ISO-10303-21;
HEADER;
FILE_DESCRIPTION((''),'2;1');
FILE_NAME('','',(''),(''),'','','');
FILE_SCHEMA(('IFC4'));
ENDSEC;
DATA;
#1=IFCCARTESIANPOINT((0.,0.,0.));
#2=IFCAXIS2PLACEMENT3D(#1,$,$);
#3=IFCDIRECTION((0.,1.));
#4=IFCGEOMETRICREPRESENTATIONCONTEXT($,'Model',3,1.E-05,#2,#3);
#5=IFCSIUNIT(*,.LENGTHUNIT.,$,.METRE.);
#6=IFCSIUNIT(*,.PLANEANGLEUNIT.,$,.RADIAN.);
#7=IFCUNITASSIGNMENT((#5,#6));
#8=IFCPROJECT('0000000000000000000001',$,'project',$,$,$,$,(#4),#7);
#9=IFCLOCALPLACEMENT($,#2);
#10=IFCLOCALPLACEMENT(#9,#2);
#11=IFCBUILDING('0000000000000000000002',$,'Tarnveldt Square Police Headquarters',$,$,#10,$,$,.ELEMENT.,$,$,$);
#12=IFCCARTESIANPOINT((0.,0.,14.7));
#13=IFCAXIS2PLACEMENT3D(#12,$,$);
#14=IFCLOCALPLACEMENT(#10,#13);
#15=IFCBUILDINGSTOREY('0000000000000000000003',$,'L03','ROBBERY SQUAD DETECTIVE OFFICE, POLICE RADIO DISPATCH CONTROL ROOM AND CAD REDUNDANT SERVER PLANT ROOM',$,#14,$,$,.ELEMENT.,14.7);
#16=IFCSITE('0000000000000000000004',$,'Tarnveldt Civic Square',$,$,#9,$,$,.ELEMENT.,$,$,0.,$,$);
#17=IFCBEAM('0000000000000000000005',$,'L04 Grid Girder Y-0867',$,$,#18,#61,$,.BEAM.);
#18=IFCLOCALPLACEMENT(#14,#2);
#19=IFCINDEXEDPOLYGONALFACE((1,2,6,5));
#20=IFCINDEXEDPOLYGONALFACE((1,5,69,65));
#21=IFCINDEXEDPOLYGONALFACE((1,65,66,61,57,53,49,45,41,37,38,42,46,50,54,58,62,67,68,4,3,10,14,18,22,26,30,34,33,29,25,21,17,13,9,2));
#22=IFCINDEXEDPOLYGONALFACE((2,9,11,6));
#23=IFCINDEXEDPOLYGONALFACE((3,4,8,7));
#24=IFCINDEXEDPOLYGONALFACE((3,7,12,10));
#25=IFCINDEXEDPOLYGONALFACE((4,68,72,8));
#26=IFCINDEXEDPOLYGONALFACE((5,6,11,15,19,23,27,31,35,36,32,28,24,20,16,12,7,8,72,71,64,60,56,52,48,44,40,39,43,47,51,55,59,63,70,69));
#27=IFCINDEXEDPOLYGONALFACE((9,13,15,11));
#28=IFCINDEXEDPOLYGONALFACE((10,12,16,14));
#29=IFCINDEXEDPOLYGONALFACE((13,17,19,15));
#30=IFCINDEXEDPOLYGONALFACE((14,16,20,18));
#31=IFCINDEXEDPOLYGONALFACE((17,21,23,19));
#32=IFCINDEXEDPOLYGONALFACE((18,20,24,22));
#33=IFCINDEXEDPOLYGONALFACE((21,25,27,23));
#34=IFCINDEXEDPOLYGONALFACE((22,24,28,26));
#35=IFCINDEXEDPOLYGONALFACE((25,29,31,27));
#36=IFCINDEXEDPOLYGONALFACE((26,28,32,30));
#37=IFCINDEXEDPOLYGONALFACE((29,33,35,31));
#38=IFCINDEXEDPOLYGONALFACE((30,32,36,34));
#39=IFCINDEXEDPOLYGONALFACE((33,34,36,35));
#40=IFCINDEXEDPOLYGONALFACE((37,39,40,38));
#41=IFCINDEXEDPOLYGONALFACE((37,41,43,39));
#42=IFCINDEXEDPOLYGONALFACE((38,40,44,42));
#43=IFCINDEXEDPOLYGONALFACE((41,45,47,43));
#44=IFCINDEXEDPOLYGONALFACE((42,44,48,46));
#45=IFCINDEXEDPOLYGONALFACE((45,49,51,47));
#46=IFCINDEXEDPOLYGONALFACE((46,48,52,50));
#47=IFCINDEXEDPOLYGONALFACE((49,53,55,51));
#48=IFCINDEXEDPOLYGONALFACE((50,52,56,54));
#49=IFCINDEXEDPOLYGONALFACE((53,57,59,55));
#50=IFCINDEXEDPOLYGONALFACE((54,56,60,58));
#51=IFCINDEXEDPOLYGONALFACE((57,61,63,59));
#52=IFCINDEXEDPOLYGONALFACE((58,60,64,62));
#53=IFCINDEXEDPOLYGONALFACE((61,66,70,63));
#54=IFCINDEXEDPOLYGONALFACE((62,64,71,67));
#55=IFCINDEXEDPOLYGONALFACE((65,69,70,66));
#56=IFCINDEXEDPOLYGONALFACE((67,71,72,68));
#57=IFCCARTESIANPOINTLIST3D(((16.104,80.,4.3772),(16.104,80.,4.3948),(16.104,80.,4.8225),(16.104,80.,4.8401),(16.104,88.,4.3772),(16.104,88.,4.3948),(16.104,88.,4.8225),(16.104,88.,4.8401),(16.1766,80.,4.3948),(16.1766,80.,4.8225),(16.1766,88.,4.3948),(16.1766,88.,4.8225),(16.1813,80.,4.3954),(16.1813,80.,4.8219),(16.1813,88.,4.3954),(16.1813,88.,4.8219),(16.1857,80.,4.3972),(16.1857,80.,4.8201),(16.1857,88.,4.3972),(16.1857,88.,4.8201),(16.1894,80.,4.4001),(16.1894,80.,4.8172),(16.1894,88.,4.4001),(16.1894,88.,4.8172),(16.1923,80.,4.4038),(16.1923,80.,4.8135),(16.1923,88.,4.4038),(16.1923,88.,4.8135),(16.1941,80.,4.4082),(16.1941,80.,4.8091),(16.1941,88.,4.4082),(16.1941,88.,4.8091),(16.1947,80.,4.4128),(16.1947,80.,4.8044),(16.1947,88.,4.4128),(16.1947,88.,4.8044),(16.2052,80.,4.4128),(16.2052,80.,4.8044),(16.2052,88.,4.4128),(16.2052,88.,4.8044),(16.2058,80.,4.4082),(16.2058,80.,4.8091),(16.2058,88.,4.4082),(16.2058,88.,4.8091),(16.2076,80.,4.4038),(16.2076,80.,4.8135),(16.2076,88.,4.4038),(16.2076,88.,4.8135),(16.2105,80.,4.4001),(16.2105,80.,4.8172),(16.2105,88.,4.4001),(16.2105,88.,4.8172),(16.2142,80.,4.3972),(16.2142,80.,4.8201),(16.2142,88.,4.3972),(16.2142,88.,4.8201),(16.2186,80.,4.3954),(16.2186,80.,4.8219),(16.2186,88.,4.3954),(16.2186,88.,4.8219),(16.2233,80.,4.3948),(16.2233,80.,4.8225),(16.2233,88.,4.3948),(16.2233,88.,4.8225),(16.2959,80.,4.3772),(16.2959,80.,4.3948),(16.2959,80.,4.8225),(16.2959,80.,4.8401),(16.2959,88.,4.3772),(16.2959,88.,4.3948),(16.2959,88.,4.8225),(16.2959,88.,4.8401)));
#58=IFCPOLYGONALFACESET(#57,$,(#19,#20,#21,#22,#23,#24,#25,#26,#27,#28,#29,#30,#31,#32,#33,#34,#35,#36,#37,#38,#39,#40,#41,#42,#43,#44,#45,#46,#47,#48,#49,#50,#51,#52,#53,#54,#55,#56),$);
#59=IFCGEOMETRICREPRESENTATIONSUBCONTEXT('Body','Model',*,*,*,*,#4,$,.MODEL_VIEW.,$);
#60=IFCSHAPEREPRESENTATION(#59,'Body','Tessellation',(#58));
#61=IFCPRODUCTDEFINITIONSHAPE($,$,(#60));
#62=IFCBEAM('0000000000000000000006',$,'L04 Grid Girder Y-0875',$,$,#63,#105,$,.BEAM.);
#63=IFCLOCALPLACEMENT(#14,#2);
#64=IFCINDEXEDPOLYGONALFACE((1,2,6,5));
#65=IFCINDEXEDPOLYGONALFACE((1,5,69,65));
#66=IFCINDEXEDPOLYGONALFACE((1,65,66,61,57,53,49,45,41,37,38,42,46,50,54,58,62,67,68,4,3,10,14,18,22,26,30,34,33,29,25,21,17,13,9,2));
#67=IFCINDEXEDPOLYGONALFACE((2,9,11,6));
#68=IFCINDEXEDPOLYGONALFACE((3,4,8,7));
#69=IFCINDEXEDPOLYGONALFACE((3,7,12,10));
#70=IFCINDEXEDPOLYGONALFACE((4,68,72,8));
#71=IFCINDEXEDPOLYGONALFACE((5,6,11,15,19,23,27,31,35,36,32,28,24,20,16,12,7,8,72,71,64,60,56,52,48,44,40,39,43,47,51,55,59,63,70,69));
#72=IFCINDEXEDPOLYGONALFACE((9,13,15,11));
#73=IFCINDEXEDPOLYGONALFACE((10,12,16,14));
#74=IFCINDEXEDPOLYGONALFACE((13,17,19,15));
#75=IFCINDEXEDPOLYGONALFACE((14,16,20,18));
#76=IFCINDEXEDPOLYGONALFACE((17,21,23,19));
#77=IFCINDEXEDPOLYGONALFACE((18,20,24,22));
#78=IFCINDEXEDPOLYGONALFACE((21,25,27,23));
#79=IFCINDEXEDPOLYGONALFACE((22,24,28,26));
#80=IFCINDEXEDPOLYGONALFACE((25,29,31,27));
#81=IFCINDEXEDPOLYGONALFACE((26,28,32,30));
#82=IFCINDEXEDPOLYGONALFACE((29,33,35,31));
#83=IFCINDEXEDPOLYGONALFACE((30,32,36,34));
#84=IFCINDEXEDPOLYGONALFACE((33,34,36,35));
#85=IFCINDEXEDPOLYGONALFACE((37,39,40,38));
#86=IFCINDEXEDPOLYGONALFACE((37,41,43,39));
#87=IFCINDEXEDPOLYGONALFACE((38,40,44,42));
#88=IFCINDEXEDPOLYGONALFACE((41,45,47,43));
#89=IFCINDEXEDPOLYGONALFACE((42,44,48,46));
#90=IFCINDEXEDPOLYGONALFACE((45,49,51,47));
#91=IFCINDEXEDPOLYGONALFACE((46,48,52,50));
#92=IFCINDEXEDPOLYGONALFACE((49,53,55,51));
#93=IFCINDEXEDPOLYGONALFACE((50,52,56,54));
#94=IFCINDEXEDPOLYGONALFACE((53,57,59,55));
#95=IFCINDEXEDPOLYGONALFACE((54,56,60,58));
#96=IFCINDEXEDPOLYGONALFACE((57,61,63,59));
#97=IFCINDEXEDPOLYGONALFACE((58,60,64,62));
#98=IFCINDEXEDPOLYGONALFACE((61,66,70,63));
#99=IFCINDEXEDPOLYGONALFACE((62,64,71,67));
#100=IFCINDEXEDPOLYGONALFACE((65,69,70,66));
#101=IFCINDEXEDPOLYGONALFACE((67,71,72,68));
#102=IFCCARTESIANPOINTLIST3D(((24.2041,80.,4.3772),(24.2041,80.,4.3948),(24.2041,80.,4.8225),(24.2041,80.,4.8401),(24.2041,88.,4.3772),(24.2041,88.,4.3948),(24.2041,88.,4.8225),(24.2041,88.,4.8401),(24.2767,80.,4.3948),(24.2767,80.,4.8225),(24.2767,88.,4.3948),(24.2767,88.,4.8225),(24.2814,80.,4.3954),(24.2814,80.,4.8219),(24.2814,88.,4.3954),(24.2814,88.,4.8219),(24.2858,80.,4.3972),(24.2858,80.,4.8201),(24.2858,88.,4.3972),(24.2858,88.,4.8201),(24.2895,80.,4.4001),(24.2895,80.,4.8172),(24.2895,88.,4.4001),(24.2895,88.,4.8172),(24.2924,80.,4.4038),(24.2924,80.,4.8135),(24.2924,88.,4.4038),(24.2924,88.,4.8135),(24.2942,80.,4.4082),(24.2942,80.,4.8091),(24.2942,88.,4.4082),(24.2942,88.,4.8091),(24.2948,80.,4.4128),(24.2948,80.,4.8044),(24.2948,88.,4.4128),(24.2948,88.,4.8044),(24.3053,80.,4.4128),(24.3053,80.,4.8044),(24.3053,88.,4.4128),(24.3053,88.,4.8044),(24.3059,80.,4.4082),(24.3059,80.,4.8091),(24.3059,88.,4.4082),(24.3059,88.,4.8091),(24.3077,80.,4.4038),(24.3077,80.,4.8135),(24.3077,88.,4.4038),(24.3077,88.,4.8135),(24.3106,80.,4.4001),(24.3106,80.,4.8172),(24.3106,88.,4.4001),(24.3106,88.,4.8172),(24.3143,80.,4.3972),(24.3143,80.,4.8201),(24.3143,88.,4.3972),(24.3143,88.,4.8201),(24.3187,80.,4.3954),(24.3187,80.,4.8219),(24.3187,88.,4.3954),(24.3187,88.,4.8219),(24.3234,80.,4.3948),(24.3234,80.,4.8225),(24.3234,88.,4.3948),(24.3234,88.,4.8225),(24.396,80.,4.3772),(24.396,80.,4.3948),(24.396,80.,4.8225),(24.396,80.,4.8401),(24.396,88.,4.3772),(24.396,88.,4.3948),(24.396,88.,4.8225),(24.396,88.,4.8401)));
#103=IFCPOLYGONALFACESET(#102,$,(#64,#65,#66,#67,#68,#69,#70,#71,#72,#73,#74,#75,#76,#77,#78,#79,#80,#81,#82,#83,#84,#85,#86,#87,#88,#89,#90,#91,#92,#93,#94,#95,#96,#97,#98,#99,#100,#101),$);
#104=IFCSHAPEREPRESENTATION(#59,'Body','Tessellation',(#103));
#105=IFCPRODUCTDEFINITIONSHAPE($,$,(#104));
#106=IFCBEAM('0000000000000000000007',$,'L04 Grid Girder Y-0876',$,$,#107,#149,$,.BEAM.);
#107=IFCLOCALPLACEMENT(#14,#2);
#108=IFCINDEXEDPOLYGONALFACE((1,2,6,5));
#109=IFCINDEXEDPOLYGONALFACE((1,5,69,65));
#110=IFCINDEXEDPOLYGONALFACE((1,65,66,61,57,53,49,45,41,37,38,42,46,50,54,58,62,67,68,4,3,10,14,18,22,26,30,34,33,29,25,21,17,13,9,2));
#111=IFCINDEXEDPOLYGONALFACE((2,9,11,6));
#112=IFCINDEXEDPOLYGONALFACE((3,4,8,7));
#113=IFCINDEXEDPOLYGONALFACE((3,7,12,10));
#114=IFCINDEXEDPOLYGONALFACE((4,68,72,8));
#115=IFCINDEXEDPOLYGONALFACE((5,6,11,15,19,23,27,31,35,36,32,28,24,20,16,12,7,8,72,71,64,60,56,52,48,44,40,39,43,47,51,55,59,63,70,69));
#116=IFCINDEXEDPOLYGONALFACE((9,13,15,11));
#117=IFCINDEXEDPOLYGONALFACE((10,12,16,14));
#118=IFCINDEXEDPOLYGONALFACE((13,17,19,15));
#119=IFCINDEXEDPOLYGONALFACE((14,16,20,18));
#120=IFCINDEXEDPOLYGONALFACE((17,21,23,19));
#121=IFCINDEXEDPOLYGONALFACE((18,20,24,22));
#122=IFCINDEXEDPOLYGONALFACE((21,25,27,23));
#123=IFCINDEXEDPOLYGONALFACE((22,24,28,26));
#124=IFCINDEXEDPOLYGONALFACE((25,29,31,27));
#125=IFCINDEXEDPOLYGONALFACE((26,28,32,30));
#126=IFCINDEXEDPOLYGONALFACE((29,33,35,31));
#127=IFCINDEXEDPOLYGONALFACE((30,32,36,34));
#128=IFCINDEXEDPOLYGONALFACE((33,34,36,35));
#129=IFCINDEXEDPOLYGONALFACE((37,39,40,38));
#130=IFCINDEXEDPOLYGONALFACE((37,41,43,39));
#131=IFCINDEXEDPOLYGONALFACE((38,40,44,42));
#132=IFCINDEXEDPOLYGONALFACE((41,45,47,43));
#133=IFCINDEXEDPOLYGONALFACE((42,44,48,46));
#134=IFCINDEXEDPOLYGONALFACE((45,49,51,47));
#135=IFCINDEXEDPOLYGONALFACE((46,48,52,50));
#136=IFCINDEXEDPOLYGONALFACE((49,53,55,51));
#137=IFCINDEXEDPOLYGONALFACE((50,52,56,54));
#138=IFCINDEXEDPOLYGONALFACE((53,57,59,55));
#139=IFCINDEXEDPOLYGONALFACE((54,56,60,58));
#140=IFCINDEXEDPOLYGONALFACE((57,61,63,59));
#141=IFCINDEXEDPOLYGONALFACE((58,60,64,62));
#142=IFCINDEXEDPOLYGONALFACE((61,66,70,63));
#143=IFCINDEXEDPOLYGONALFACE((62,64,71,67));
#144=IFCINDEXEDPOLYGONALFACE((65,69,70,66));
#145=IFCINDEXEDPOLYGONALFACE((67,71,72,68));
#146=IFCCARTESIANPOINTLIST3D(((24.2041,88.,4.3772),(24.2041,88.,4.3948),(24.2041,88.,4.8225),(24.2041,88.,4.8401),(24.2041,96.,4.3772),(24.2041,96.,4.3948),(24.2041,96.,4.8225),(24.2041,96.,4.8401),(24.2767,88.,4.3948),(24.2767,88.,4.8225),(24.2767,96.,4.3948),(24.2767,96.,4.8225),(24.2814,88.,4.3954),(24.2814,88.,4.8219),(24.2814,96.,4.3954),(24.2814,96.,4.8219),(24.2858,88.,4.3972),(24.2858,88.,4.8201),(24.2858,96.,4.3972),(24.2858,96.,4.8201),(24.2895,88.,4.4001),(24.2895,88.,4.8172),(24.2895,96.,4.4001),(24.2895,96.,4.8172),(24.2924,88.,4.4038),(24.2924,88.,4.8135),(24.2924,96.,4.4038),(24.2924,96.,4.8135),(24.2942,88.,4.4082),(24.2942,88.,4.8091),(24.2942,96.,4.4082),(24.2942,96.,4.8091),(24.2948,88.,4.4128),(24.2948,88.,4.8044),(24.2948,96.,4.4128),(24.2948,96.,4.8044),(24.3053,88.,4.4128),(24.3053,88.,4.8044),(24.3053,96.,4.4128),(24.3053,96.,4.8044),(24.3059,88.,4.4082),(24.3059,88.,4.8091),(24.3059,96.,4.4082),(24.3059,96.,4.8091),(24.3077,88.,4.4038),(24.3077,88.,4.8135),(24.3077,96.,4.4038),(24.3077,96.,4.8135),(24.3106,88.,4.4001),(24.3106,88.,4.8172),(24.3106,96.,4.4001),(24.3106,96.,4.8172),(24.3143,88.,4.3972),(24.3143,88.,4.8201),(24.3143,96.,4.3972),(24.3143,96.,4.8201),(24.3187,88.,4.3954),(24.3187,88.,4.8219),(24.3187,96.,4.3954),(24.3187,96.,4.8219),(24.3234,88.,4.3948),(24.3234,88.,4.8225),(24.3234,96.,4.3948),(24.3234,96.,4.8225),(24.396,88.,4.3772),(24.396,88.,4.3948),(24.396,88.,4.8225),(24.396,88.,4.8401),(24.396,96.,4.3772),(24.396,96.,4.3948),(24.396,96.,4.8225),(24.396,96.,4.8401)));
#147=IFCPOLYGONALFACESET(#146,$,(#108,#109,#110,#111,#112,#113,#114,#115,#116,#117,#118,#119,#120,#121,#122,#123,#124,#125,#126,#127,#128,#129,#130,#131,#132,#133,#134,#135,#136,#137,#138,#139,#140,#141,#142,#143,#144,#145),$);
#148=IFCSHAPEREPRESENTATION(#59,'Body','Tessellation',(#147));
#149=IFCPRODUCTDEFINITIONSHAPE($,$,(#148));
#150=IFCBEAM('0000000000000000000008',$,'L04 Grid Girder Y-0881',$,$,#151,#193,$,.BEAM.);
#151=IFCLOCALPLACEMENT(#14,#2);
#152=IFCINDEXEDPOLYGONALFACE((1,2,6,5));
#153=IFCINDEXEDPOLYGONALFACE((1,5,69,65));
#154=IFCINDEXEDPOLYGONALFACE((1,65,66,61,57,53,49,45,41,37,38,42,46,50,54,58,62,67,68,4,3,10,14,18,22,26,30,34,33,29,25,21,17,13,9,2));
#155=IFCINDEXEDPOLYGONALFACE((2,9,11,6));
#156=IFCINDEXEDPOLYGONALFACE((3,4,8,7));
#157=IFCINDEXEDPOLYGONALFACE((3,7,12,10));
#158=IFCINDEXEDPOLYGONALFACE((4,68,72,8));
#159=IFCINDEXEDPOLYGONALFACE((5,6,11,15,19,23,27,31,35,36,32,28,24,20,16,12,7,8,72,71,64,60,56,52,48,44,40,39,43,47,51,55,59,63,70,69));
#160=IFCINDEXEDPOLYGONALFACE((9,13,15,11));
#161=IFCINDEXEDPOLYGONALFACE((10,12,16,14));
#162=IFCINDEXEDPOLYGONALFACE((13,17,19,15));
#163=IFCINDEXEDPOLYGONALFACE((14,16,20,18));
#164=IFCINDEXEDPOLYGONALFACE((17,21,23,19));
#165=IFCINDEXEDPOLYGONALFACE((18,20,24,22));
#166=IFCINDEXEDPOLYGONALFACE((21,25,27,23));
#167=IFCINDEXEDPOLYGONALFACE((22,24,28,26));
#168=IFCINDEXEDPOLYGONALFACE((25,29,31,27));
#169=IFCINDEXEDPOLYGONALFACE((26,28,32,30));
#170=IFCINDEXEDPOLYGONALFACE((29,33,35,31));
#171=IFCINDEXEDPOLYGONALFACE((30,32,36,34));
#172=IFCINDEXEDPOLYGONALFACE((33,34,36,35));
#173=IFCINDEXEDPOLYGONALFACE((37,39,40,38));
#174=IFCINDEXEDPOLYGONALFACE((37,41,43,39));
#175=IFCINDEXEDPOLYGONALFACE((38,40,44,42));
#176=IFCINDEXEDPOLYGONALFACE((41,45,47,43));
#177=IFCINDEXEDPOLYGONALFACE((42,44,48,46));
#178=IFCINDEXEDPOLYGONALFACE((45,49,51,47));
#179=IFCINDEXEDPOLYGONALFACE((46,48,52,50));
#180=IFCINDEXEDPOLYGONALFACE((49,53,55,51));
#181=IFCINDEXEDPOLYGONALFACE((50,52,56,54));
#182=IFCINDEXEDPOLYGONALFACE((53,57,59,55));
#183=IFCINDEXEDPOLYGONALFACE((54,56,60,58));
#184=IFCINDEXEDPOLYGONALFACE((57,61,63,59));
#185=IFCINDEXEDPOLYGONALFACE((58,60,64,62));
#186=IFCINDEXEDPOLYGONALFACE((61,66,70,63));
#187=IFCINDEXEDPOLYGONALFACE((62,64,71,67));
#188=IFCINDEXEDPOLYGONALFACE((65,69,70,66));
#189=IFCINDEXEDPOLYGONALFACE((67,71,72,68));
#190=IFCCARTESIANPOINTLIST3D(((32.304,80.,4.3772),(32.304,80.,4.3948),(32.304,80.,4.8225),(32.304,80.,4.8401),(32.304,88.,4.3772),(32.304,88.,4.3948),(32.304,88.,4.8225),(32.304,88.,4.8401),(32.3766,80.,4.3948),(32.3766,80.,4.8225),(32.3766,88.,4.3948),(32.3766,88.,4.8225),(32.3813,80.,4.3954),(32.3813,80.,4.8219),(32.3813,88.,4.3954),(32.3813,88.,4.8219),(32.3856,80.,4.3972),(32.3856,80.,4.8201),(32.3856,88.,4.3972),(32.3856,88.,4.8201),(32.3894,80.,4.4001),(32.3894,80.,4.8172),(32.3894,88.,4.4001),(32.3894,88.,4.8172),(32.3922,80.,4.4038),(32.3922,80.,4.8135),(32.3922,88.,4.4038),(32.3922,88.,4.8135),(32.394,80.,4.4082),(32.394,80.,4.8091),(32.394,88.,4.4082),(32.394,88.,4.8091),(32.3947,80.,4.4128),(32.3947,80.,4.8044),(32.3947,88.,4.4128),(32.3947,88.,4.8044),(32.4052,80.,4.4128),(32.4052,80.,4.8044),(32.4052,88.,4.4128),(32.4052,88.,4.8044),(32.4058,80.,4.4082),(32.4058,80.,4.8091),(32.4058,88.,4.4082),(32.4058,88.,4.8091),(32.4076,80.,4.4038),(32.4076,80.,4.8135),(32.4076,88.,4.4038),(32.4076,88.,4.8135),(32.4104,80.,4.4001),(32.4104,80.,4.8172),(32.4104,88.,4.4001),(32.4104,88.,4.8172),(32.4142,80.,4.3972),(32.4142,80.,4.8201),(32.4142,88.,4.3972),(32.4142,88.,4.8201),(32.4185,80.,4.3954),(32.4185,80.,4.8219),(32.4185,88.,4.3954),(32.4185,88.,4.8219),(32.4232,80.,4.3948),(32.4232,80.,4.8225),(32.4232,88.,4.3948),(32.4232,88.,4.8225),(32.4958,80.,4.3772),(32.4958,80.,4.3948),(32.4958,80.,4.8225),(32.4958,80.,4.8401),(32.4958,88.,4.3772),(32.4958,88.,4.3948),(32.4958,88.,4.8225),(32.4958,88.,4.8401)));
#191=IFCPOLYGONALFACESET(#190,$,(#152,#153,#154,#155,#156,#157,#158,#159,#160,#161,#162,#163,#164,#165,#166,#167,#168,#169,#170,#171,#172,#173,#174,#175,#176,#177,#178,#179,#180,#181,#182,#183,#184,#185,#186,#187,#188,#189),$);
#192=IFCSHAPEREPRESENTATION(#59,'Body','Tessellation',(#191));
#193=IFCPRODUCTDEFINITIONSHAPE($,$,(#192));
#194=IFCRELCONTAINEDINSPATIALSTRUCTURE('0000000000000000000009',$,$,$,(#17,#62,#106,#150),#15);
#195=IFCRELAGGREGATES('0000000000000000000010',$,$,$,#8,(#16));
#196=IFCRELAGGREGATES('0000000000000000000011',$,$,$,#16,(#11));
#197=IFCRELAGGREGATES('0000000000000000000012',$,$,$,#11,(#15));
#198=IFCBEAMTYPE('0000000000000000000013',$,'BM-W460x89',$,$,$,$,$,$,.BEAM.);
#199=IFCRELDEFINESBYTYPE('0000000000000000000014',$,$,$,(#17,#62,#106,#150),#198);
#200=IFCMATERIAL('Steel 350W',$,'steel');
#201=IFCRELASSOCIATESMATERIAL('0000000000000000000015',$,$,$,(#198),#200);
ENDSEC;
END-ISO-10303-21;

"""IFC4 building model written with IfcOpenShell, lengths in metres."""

from ifc_helpers import new_model, si_unit, direction, frame, origin, origin_2d, place, context, subcontext, project, spatial, i_section, extrude, material, material_profile, profile_set, type_object, element, save


model = new_model("IFC4")

# Units and contexts
model_context = context("Model", 3, precision=1e-05, world=origin(), true_north=direction((0.0, 1.0)))
body_context = subcontext(model_context, "Body", "Model", "MODEL_VIEW")
ifc_project = project(units=[si_unit("LENGTHUNIT", "METRE"), si_unit("PLANEANGLEUNIT", "RADIAN")], contexts=[model_context])

# Site, building, storey
site_placement = place(None, origin())
site = spatial("IfcSite", under=ifc_project, at=site_placement, Name="Tarnveldt Civic Square", CompositionType="ELEMENT", RefElevation=0.0)
building_placement = place(site_placement, origin())
building = spatial("IfcBuilding", under=site, at=building_placement, Name="Tarnveldt Square Police Headquarters", CompositionType="ELEMENT")
storey_placement = place(building_placement, frame((0.0, 0.0, 14.7)))
storey = spatial("IfcBuildingStorey", under=building, at=storey_placement, Name="L03", Description="ROBBERY SQUAD DETECTIVE OFFICE, POLICE RADIO DISPATCH CONTROL ROOM AND CAD REDUNDANT SERVER PLANT ROOM", CompositionType="ELEMENT", Elevation=14.7)

# Beams
ifc_material_1 = material(Name="Steel 350W", Category="steel")
ifc_material_profile_1 = material_profile(ifc_material_1, i_section(OverallWidth=0.1919, OverallDepth=0.4629, WebThickness=0.0105, FlangeThickness=0.0176, FilletRadius=0.0181, at=origin_2d()), Name="W460x89")
ifc_profile_set_1 = profile_set([ifc_material_profile_1], Name="Steel 350W")
beam_type_1 = type_object("IfcBeamType", Name="BM-W460x89", PredefinedType="BEAM", material=ifc_profile_set_1)
for number, where, z_axis, x_axis, name in (
    (1, (16.2, 80.0, 4.6086), (0.0, 1.0, 0.0), (-1.0, 0.0, 0.0), "L04 Grid Girder Y-0867"),
    (2, (24.3, 80.0, 4.6086), (0.0, 1.0, 0.0), (-1.0, 0.0, 0.0), "L04 Grid Girder Y-0875"),
    (3, (24.3, 88.0, 4.6086), (0.0, 1.0, 0.0), (-1.0, 0.0, 0.0), "L04 Grid Girder Y-0876"),
    (4, (32.3999, 80.0, 4.6086), (0.0, 1.0, 0.0), (-1.0, 0.0, 0.0), "L04 Grid Girder Y-0881"),
):
    element("IfcBeam", number, at=place(storey_placement, frame(where, z_axis=z_axis, x_axis=x_axis)), inside=storey, type_object=beam_type_1, Name=name, PredefinedType="BEAM", context=body_context, shape_type="SweptSolid", body=[
        extrude(i_section(OverallWidth=0.1919, OverallDepth=0.4629, WebThickness=0.0105, FlangeThickness=0.0176, FilletRadius=0.0181, at=origin_2d()), origin(), (0.0, 0.0, 1.0), 8.0),
    ])

save(model, "model.ifc")
